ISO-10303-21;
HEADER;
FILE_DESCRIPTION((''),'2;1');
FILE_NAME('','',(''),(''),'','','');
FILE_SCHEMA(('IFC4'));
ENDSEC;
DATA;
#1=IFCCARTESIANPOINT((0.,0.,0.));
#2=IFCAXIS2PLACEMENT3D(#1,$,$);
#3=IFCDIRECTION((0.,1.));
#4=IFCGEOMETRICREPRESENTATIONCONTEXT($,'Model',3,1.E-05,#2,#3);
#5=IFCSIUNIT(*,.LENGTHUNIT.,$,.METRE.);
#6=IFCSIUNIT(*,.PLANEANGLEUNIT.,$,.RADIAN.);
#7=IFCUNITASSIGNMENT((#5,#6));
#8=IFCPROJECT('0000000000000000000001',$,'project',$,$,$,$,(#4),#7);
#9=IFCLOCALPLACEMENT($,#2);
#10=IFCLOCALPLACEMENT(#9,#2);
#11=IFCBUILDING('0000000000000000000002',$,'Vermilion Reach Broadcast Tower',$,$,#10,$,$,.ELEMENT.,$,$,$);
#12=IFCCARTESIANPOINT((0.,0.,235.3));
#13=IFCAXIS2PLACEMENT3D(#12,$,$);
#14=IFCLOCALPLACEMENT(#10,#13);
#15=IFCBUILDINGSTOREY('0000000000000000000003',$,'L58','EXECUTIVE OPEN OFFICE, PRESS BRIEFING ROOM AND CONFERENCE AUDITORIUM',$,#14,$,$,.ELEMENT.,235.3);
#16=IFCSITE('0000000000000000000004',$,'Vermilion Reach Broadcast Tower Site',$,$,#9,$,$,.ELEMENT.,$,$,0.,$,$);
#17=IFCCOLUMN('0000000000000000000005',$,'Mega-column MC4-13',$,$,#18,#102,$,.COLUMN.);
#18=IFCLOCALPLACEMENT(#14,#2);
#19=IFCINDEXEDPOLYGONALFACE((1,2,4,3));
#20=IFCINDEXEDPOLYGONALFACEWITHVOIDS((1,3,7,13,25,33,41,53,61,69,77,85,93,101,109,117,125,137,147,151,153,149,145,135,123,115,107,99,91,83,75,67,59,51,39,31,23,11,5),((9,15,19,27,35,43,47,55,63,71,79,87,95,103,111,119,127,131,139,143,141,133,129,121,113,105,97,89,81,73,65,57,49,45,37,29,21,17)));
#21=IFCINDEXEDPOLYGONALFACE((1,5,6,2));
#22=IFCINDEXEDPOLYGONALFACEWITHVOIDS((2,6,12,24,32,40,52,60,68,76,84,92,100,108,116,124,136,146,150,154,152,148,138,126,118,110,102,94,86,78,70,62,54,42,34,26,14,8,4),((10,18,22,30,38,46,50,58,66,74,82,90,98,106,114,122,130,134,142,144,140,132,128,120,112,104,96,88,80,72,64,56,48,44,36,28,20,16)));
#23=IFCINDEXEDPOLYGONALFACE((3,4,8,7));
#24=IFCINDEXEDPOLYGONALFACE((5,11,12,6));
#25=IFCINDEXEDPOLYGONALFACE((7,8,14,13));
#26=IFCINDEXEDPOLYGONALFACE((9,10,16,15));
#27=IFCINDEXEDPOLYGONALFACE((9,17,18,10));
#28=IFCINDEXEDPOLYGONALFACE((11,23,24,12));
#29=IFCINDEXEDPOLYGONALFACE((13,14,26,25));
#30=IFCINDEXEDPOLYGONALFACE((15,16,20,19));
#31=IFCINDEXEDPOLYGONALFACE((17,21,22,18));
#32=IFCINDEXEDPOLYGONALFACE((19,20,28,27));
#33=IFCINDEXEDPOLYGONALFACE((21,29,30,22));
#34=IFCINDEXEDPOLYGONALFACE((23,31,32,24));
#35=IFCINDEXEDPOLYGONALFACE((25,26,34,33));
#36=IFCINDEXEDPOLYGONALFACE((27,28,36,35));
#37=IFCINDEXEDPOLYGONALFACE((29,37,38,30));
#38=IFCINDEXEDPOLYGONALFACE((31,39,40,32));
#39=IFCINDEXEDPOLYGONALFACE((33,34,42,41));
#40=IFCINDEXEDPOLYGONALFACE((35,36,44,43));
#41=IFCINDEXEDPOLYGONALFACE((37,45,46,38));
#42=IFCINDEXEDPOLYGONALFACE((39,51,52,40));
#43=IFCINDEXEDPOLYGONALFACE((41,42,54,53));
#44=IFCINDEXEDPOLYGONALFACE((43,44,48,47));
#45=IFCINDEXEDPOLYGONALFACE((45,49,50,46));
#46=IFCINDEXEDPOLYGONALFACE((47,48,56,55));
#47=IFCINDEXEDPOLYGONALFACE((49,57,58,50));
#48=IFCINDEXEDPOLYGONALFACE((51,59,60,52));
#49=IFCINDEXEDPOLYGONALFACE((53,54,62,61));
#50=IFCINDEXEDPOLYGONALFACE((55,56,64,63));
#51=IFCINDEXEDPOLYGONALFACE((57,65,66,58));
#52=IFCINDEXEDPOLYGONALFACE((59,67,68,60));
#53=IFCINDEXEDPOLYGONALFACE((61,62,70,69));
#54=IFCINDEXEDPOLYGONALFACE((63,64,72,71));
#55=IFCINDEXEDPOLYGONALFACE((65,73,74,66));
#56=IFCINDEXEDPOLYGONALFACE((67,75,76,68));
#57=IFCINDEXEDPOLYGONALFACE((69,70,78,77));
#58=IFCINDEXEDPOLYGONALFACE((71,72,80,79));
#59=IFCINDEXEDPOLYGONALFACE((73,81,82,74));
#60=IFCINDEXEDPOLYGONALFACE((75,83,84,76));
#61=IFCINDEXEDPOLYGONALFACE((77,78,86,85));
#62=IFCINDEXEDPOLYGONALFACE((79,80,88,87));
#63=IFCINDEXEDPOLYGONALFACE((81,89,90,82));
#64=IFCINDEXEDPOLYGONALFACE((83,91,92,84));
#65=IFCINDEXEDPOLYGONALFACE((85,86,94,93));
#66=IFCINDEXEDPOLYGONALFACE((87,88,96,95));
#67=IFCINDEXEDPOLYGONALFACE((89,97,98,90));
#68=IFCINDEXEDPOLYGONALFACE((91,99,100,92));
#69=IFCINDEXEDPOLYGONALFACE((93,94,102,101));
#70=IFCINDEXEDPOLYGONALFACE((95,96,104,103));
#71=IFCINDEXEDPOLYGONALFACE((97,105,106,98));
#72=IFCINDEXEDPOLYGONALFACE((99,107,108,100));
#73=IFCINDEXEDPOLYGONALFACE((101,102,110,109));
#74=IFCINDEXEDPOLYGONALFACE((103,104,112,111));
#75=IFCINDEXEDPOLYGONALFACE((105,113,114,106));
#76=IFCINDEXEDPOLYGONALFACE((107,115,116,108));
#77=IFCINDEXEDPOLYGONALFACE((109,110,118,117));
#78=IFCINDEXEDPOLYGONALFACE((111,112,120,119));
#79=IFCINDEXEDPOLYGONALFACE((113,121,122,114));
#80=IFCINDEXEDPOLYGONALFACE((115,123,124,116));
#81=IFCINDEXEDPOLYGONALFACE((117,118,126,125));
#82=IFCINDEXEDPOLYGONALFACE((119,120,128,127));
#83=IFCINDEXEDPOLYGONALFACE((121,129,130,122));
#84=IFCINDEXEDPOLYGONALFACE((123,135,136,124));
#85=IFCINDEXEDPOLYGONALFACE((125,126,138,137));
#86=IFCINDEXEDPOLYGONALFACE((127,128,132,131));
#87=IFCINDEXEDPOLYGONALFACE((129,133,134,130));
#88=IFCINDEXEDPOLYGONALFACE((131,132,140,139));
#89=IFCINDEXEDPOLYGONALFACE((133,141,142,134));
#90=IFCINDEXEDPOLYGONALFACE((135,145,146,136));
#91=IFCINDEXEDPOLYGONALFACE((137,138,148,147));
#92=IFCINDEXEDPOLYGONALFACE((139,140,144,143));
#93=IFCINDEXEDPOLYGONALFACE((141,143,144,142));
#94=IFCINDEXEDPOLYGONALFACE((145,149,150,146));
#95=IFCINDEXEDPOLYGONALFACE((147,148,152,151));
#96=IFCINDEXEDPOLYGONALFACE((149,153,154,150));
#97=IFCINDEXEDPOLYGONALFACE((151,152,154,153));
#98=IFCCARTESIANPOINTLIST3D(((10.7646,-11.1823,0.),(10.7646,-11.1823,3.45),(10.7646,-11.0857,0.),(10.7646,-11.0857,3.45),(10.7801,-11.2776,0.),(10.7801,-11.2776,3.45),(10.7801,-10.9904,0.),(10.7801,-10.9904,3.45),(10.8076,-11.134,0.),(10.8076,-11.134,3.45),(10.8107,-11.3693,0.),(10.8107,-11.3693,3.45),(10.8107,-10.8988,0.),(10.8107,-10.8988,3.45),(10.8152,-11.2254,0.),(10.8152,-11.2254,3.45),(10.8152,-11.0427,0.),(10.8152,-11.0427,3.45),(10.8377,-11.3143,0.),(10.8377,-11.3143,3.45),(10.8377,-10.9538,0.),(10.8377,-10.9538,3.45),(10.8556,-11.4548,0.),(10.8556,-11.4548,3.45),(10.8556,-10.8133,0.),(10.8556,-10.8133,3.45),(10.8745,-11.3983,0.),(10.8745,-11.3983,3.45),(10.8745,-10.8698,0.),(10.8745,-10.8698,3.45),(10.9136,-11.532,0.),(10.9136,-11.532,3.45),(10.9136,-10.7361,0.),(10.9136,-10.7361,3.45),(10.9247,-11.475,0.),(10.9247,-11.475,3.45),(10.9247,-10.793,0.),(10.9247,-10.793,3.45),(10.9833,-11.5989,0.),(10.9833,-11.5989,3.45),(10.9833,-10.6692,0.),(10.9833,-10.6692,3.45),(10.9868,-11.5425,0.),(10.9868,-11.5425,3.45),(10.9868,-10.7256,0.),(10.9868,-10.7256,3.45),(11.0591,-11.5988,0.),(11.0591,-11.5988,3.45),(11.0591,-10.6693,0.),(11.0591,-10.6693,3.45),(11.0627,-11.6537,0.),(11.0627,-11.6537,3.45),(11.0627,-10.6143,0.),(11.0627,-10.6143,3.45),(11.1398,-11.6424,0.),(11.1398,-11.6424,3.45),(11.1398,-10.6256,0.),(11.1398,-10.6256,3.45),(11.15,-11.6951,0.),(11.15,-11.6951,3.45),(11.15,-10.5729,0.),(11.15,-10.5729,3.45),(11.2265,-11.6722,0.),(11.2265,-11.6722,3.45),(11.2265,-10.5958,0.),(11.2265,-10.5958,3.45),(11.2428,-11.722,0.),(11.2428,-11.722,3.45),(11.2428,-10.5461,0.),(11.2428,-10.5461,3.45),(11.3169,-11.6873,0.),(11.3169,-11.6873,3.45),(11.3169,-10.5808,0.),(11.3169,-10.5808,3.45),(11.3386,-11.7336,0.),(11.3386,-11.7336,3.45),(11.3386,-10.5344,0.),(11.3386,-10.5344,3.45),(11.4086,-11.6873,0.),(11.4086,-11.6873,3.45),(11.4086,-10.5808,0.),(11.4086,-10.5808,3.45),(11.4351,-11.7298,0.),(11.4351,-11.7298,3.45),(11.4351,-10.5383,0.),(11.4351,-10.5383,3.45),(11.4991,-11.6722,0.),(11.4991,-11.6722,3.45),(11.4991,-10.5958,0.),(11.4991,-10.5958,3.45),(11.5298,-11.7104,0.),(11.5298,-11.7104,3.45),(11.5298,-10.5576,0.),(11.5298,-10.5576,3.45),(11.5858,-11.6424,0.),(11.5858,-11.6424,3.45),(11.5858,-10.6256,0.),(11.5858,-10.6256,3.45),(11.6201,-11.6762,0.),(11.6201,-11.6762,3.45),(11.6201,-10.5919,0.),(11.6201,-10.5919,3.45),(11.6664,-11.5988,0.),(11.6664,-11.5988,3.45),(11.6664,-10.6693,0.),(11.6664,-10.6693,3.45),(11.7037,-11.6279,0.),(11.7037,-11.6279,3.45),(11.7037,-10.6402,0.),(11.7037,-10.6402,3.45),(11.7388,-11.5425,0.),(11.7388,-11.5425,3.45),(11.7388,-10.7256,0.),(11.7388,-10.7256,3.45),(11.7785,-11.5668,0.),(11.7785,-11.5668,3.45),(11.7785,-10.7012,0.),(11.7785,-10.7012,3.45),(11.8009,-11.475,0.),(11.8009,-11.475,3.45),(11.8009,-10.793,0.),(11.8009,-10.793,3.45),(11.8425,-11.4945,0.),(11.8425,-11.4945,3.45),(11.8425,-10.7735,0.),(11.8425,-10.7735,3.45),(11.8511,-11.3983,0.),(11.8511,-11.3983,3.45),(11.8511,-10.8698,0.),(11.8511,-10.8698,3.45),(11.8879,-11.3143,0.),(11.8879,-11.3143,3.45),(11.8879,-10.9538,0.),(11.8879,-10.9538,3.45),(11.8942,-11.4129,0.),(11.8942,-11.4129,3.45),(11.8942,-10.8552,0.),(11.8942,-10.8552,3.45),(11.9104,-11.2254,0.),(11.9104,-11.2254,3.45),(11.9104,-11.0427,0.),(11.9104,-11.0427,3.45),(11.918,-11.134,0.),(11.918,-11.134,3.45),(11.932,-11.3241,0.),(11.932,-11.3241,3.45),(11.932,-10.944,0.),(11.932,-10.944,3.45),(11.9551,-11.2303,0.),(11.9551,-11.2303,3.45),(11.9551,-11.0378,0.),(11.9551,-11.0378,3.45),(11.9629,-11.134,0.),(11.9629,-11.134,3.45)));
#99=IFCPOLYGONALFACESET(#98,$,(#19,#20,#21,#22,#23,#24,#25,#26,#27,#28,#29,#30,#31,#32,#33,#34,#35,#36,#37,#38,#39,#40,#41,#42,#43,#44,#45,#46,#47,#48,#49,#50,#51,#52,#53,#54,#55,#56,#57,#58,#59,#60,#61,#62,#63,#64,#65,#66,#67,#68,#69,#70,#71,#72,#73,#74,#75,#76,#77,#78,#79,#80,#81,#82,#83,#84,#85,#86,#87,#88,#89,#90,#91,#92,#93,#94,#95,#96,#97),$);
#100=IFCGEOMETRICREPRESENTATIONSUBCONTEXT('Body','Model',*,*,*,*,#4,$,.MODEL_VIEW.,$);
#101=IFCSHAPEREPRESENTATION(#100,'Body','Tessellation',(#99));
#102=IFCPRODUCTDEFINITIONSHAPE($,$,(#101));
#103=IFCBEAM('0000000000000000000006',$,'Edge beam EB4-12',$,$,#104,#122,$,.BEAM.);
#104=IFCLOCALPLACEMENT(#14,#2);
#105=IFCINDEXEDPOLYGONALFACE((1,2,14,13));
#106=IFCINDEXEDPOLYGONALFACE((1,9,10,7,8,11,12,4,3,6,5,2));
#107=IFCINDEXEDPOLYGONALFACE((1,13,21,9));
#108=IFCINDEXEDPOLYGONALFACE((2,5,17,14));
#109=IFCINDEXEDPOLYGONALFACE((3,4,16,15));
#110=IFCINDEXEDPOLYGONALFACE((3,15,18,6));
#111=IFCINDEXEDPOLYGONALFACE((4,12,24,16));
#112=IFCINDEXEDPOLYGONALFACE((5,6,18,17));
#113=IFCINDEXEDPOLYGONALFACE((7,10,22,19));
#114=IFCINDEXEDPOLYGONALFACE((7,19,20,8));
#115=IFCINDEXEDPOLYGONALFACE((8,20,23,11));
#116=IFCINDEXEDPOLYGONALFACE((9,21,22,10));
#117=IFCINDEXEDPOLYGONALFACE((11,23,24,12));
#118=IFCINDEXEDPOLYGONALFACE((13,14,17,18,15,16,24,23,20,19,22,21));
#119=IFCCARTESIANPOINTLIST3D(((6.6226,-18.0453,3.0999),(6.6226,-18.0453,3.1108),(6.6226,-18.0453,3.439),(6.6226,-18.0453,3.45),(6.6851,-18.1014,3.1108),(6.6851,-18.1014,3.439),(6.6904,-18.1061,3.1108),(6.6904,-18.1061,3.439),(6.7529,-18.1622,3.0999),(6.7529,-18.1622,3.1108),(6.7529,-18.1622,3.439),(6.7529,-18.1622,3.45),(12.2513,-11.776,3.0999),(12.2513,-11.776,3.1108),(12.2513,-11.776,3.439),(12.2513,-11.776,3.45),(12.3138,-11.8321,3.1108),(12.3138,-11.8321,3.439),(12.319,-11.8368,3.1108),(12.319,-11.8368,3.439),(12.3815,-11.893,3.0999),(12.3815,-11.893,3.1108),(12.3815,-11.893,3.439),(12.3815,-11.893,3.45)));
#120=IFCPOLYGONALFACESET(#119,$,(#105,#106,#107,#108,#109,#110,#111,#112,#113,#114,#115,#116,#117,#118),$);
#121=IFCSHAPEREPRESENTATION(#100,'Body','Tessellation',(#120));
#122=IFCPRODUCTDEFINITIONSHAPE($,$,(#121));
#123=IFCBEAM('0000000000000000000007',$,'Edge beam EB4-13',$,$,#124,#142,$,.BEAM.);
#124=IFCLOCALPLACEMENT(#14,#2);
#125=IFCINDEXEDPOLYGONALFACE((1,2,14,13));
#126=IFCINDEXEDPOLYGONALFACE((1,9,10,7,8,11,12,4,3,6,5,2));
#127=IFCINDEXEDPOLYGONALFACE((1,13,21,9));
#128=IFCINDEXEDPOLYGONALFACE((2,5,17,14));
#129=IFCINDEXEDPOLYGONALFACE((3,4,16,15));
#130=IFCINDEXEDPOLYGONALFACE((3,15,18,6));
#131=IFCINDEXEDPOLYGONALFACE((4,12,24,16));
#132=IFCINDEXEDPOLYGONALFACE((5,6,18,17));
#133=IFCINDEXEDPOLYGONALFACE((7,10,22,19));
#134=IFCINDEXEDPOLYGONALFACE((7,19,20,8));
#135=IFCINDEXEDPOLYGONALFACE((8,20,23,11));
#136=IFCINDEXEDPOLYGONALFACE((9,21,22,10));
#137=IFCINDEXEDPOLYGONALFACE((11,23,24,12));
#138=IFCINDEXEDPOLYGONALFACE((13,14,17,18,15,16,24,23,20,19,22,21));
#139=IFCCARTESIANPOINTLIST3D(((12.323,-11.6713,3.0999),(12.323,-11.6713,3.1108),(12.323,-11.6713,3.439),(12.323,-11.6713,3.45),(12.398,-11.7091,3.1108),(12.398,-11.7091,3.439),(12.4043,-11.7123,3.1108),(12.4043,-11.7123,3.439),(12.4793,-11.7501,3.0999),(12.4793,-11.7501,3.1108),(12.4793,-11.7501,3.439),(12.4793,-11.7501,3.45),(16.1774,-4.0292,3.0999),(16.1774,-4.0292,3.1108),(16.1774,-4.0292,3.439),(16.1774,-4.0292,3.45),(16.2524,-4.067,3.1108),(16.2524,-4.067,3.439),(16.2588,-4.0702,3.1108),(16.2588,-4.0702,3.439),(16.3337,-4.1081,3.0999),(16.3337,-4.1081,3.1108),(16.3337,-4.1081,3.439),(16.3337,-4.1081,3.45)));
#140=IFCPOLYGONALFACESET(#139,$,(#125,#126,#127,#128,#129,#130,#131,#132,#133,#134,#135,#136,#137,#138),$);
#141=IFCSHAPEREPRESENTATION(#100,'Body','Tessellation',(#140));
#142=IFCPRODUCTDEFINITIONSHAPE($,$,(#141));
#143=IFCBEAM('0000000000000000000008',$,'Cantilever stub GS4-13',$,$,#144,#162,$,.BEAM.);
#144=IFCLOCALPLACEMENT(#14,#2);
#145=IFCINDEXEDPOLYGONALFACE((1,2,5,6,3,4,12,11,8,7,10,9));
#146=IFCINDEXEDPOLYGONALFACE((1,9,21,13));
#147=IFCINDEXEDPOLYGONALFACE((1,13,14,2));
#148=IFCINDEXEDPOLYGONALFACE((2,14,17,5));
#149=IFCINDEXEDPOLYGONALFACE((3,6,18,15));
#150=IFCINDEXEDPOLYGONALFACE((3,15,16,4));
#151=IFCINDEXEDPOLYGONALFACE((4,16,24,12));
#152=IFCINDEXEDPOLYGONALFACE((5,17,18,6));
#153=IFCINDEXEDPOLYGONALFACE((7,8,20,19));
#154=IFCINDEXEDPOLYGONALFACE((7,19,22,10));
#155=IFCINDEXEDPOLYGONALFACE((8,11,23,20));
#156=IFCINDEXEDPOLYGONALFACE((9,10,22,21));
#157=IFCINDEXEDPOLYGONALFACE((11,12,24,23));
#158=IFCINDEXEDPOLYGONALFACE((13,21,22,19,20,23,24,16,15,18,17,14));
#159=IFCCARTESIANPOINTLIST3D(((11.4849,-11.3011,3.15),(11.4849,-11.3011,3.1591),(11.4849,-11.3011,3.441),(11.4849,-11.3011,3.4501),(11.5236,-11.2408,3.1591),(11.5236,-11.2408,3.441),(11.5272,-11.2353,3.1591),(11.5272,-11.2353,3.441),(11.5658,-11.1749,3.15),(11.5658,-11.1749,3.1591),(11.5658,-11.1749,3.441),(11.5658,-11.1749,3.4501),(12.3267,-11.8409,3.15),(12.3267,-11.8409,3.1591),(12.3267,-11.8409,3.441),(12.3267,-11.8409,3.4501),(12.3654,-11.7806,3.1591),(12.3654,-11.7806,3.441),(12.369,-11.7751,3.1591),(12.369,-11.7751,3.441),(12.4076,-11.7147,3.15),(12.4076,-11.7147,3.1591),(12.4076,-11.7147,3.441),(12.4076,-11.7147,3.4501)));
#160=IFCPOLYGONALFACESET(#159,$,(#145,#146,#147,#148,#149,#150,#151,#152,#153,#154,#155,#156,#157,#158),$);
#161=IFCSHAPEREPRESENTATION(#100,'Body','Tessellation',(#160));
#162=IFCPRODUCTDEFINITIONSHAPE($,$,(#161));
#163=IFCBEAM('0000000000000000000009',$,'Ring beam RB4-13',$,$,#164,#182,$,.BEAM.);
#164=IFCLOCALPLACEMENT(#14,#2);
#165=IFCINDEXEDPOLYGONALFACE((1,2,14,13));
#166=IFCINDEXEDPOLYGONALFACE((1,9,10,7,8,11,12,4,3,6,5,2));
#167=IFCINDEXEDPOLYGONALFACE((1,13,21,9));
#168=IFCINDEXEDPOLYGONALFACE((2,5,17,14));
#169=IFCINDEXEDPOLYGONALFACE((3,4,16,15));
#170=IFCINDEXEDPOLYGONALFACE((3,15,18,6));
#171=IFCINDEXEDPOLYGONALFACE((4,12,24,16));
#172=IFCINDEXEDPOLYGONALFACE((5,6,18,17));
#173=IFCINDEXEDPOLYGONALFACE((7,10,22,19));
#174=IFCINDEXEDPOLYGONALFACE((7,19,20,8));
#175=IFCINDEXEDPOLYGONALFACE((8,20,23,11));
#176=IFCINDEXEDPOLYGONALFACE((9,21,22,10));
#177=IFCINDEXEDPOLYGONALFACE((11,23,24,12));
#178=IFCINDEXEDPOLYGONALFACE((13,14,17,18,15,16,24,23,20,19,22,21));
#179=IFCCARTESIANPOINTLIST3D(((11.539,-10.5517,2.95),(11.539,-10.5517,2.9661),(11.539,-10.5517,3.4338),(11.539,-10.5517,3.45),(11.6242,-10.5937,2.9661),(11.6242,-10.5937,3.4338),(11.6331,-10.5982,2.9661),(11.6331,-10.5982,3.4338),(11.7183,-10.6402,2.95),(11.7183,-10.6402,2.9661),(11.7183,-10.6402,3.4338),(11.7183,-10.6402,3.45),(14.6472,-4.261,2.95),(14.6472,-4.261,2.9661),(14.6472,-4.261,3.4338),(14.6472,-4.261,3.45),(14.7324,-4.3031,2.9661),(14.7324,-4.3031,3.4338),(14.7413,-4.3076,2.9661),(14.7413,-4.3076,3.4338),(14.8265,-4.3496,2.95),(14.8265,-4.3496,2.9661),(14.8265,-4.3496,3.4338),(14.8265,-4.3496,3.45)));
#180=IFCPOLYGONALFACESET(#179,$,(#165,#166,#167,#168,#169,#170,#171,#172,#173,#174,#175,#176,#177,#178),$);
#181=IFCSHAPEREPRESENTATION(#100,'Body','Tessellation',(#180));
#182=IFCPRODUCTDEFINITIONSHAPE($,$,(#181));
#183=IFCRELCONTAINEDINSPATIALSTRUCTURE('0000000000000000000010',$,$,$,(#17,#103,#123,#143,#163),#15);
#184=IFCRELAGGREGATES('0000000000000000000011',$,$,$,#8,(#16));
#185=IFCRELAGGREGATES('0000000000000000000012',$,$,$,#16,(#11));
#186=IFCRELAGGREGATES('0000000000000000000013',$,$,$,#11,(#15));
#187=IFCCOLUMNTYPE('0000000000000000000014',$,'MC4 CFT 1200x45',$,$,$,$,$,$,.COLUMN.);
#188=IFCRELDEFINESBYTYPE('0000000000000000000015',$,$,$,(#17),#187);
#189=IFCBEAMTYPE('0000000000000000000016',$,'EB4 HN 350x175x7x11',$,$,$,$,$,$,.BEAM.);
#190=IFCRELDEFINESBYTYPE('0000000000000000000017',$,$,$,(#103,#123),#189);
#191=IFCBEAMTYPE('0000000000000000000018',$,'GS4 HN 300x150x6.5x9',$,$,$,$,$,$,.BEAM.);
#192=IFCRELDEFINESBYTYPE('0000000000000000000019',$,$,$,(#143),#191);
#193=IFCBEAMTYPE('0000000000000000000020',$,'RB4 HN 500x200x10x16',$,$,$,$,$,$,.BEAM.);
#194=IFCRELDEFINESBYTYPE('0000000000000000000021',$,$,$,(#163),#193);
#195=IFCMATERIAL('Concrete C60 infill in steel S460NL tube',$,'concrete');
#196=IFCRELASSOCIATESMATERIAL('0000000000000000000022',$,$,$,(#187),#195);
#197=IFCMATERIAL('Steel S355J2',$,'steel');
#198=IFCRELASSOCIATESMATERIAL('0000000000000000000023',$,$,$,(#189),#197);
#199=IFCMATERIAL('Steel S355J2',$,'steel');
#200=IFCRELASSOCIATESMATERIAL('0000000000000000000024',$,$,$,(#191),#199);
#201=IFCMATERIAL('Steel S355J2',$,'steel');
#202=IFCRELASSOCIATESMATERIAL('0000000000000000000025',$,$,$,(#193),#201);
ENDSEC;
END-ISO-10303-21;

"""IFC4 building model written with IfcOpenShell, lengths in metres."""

from ifc_helpers import new_model, si_unit, direction, frame, origin, origin_2d, place, context, subcontext, project, spatial, hollow_circle, i_section, extrude, material, material_profile, profile_set, type_object, element, save


model = new_model("IFC4")

# Units and contexts
model_context = context("Model", 3, precision=1e-05, world=origin(), true_north=direction((0.0, 1.0)))
body_context = subcontext(model_context, "Body", "Model", "MODEL_VIEW")
ifc_project = project(units=[si_unit("LENGTHUNIT", "METRE"), si_unit("PLANEANGLEUNIT", "RADIAN")], contexts=[model_context])

# Site, building, storey
site_placement = place(None, origin())
site = spatial("IfcSite", under=ifc_project, at=site_placement, Name="Vermilion Reach Broadcast Tower Site", CompositionType="ELEMENT", RefElevation=0.0)
building_placement = place(site_placement, origin())
building = spatial("IfcBuilding", under=site, at=building_placement, Name="Vermilion Reach Broadcast Tower", CompositionType="ELEMENT")
storey_placement = place(building_placement, frame((0.0, 0.0, 235.3)))
storey = spatial("IfcBuildingStorey", under=building, at=storey_placement, Name="L58", Description="EXECUTIVE OPEN OFFICE, PRESS BRIEFING ROOM AND CONFERENCE AUDITORIUM", CompositionType="ELEMENT", Elevation=235.3)

# Column
ifc_material_1 = material(Name="Concrete C60 infill in steel S460NL tube", Category="concrete")
ifc_material_profile_1 = material_profile(ifc_material_1, hollow_circle(Radius=0.6001, WallThickness=0.0449, at=origin_2d()), Name="Concrete C60 infill in steel S460NL tube CFT 1200x45")
ifc_profile_set_1 = profile_set([ifc_material_profile_1], Name="Concrete C60 infill in steel S460NL tube")
column_type = type_object("IfcColumnType", Name="MC4 CFT 1200x45", PredefinedType="COLUMN", material=ifc_profile_set_1)
column_placement = place(storey_placement, frame((11.3628, -11.134, 0.0), z_axis=(0.0, 0.0, 1.0), x_axis=(1.0, 0.0, 0.0)))
element("IfcColumn", 1, at=column_placement, inside=storey, type_object=column_type, Name="Mega-column MC4-13", PredefinedType="COLUMN", context=body_context, shape_type="SweptSolid", body=[
    extrude(hollow_circle(Radius=0.6001, WallThickness=0.0449, at=origin_2d()), origin(), (0.0, 0.0, 1.0), 3.45),
])

# Beams
ifc_material_2 = material(Name="Steel S355J2", Category="steel")
ifc_material_profile_2 = material_profile(ifc_material_2, i_section(OverallWidth=0.175, OverallDepth=0.3501, WebThickness=0.0071, FlangeThickness=0.011, at=origin_2d()), Name="S355J2 HN 350x175x7x11")
ifc_profile_set_2 = profile_set([ifc_material_profile_2], Name="Steel S355J2")
beam_type_1 = type_object("IfcBeamType", Name="EB4 HN 350x175x7x11", PredefinedType="BEAM", material=ifc_profile_set_2)
beam_1_placement = place(storey_placement, frame((6.6877, -18.1038, 3.2749), z_axis=(0.668066, 0.744102, 0.0), x_axis=(-0.744102, 0.668066, 0.0)))
element("IfcBeam", 2, at=beam_1_placement, inside=storey, type_object=beam_type_1, Name="Edge beam EB4-12", PredefinedType="BEAM", context=body_context, shape_type="SweptSolid", body=[
    extrude(i_section(OverallWidth=0.175, OverallDepth=0.3501, WebThickness=0.0071, FlangeThickness=0.011, at=origin_2d()), origin(), (0.0, 0.0, 1.0), 8.4253),
])
beam_2_placement = place(storey_placement, frame((12.4011, -11.7107, 3.2749), z_axis=(0.450337, 0.892859, 0.0), x_axis=(-0.892859, 0.450337, 0.0)))
element("IfcBeam", 3, at=beam_2_placement, inside=storey, type_object=beam_type_1, Name="Edge beam EB4-13", PredefinedType="BEAM", context=body_context, shape_type="SweptSolid", body=[
    extrude(i_section(OverallWidth=0.175, OverallDepth=0.3501, WebThickness=0.0071, FlangeThickness=0.011, at=origin_2d()), origin(), (0.0, 0.0, 1.0), 8.5591),
])
ifc_material_3 = material(Name="Steel S355J2", Category="steel")
ifc_material_profile_3 = material_profile(ifc_material_3, i_section(OverallWidth=0.1499, OverallDepth=0.3, WebThickness=0.0066, FlangeThickness=0.009, at=origin_2d()), Name="S355J2 HN 300x150x6.5x9")
ifc_profile_set_3 = profile_set([ifc_material_profile_3], Name="Steel S355J2")
beam_type_2 = type_object("IfcBeamType", Name="GS4 HN 300x150x6.5x9", PredefinedType="BEAM", material=ifc_profile_set_3)
beam_3_placement = place(storey_placement, frame((11.5254, -11.238, 3.3), z_axis=(0.841797, -0.539795, 0.0), x_axis=(0.539795, 0.841797, 0.0)))
element("IfcBeam", 4, at=beam_3_placement, inside=storey, type_object=beam_type_2, Name="Cantilever stub GS4-13", PredefinedType="BEAM", context=body_context, shape_type="SweptSolid", body=[
    extrude(i_section(OverallWidth=0.1499, OverallDepth=0.3, WebThickness=0.0066, FlangeThickness=0.009, at=origin_2d()), origin(), (0.0, 0.0, 1.0), 1.0),
])
ifc_material_4 = material(Name="Steel S355J2", Category="steel")
ifc_material_profile_4 = material_profile(ifc_material_4, i_section(OverallWidth=0.2, OverallDepth=0.5, WebThickness=0.01, FlangeThickness=0.0161, at=origin_2d()), Name="S355J2 HN 500x200x10x16")
ifc_profile_set_4 = profile_set([ifc_material_profile_4], Name="Steel S355J2")
beam_type_3 = type_object("IfcBeamType", Name="RB4 HN 500x200x10x16", PredefinedType="BEAM", material=ifc_profile_set_4)
beam_4_placement = place(storey_placement, frame((11.6287, -10.5959, 3.2), z_axis=(0.442977, 0.896533, 0.0), x_axis=(-0.896533, 0.442977, 0.0)))
element("IfcBeam", 5, at=beam_4_placement, inside=storey, type_object=beam_type_3, Name="Ring beam RB4-13", PredefinedType="BEAM", context=body_context, shape_type="SweptSolid", body=[
    extrude(i_section(OverallWidth=0.2, OverallDepth=0.5, WebThickness=0.01, FlangeThickness=0.0161, at=origin_2d()), origin(), (0.0, 0.0, 1.0), 7.0166),
])

save(model, "model.ifc")
